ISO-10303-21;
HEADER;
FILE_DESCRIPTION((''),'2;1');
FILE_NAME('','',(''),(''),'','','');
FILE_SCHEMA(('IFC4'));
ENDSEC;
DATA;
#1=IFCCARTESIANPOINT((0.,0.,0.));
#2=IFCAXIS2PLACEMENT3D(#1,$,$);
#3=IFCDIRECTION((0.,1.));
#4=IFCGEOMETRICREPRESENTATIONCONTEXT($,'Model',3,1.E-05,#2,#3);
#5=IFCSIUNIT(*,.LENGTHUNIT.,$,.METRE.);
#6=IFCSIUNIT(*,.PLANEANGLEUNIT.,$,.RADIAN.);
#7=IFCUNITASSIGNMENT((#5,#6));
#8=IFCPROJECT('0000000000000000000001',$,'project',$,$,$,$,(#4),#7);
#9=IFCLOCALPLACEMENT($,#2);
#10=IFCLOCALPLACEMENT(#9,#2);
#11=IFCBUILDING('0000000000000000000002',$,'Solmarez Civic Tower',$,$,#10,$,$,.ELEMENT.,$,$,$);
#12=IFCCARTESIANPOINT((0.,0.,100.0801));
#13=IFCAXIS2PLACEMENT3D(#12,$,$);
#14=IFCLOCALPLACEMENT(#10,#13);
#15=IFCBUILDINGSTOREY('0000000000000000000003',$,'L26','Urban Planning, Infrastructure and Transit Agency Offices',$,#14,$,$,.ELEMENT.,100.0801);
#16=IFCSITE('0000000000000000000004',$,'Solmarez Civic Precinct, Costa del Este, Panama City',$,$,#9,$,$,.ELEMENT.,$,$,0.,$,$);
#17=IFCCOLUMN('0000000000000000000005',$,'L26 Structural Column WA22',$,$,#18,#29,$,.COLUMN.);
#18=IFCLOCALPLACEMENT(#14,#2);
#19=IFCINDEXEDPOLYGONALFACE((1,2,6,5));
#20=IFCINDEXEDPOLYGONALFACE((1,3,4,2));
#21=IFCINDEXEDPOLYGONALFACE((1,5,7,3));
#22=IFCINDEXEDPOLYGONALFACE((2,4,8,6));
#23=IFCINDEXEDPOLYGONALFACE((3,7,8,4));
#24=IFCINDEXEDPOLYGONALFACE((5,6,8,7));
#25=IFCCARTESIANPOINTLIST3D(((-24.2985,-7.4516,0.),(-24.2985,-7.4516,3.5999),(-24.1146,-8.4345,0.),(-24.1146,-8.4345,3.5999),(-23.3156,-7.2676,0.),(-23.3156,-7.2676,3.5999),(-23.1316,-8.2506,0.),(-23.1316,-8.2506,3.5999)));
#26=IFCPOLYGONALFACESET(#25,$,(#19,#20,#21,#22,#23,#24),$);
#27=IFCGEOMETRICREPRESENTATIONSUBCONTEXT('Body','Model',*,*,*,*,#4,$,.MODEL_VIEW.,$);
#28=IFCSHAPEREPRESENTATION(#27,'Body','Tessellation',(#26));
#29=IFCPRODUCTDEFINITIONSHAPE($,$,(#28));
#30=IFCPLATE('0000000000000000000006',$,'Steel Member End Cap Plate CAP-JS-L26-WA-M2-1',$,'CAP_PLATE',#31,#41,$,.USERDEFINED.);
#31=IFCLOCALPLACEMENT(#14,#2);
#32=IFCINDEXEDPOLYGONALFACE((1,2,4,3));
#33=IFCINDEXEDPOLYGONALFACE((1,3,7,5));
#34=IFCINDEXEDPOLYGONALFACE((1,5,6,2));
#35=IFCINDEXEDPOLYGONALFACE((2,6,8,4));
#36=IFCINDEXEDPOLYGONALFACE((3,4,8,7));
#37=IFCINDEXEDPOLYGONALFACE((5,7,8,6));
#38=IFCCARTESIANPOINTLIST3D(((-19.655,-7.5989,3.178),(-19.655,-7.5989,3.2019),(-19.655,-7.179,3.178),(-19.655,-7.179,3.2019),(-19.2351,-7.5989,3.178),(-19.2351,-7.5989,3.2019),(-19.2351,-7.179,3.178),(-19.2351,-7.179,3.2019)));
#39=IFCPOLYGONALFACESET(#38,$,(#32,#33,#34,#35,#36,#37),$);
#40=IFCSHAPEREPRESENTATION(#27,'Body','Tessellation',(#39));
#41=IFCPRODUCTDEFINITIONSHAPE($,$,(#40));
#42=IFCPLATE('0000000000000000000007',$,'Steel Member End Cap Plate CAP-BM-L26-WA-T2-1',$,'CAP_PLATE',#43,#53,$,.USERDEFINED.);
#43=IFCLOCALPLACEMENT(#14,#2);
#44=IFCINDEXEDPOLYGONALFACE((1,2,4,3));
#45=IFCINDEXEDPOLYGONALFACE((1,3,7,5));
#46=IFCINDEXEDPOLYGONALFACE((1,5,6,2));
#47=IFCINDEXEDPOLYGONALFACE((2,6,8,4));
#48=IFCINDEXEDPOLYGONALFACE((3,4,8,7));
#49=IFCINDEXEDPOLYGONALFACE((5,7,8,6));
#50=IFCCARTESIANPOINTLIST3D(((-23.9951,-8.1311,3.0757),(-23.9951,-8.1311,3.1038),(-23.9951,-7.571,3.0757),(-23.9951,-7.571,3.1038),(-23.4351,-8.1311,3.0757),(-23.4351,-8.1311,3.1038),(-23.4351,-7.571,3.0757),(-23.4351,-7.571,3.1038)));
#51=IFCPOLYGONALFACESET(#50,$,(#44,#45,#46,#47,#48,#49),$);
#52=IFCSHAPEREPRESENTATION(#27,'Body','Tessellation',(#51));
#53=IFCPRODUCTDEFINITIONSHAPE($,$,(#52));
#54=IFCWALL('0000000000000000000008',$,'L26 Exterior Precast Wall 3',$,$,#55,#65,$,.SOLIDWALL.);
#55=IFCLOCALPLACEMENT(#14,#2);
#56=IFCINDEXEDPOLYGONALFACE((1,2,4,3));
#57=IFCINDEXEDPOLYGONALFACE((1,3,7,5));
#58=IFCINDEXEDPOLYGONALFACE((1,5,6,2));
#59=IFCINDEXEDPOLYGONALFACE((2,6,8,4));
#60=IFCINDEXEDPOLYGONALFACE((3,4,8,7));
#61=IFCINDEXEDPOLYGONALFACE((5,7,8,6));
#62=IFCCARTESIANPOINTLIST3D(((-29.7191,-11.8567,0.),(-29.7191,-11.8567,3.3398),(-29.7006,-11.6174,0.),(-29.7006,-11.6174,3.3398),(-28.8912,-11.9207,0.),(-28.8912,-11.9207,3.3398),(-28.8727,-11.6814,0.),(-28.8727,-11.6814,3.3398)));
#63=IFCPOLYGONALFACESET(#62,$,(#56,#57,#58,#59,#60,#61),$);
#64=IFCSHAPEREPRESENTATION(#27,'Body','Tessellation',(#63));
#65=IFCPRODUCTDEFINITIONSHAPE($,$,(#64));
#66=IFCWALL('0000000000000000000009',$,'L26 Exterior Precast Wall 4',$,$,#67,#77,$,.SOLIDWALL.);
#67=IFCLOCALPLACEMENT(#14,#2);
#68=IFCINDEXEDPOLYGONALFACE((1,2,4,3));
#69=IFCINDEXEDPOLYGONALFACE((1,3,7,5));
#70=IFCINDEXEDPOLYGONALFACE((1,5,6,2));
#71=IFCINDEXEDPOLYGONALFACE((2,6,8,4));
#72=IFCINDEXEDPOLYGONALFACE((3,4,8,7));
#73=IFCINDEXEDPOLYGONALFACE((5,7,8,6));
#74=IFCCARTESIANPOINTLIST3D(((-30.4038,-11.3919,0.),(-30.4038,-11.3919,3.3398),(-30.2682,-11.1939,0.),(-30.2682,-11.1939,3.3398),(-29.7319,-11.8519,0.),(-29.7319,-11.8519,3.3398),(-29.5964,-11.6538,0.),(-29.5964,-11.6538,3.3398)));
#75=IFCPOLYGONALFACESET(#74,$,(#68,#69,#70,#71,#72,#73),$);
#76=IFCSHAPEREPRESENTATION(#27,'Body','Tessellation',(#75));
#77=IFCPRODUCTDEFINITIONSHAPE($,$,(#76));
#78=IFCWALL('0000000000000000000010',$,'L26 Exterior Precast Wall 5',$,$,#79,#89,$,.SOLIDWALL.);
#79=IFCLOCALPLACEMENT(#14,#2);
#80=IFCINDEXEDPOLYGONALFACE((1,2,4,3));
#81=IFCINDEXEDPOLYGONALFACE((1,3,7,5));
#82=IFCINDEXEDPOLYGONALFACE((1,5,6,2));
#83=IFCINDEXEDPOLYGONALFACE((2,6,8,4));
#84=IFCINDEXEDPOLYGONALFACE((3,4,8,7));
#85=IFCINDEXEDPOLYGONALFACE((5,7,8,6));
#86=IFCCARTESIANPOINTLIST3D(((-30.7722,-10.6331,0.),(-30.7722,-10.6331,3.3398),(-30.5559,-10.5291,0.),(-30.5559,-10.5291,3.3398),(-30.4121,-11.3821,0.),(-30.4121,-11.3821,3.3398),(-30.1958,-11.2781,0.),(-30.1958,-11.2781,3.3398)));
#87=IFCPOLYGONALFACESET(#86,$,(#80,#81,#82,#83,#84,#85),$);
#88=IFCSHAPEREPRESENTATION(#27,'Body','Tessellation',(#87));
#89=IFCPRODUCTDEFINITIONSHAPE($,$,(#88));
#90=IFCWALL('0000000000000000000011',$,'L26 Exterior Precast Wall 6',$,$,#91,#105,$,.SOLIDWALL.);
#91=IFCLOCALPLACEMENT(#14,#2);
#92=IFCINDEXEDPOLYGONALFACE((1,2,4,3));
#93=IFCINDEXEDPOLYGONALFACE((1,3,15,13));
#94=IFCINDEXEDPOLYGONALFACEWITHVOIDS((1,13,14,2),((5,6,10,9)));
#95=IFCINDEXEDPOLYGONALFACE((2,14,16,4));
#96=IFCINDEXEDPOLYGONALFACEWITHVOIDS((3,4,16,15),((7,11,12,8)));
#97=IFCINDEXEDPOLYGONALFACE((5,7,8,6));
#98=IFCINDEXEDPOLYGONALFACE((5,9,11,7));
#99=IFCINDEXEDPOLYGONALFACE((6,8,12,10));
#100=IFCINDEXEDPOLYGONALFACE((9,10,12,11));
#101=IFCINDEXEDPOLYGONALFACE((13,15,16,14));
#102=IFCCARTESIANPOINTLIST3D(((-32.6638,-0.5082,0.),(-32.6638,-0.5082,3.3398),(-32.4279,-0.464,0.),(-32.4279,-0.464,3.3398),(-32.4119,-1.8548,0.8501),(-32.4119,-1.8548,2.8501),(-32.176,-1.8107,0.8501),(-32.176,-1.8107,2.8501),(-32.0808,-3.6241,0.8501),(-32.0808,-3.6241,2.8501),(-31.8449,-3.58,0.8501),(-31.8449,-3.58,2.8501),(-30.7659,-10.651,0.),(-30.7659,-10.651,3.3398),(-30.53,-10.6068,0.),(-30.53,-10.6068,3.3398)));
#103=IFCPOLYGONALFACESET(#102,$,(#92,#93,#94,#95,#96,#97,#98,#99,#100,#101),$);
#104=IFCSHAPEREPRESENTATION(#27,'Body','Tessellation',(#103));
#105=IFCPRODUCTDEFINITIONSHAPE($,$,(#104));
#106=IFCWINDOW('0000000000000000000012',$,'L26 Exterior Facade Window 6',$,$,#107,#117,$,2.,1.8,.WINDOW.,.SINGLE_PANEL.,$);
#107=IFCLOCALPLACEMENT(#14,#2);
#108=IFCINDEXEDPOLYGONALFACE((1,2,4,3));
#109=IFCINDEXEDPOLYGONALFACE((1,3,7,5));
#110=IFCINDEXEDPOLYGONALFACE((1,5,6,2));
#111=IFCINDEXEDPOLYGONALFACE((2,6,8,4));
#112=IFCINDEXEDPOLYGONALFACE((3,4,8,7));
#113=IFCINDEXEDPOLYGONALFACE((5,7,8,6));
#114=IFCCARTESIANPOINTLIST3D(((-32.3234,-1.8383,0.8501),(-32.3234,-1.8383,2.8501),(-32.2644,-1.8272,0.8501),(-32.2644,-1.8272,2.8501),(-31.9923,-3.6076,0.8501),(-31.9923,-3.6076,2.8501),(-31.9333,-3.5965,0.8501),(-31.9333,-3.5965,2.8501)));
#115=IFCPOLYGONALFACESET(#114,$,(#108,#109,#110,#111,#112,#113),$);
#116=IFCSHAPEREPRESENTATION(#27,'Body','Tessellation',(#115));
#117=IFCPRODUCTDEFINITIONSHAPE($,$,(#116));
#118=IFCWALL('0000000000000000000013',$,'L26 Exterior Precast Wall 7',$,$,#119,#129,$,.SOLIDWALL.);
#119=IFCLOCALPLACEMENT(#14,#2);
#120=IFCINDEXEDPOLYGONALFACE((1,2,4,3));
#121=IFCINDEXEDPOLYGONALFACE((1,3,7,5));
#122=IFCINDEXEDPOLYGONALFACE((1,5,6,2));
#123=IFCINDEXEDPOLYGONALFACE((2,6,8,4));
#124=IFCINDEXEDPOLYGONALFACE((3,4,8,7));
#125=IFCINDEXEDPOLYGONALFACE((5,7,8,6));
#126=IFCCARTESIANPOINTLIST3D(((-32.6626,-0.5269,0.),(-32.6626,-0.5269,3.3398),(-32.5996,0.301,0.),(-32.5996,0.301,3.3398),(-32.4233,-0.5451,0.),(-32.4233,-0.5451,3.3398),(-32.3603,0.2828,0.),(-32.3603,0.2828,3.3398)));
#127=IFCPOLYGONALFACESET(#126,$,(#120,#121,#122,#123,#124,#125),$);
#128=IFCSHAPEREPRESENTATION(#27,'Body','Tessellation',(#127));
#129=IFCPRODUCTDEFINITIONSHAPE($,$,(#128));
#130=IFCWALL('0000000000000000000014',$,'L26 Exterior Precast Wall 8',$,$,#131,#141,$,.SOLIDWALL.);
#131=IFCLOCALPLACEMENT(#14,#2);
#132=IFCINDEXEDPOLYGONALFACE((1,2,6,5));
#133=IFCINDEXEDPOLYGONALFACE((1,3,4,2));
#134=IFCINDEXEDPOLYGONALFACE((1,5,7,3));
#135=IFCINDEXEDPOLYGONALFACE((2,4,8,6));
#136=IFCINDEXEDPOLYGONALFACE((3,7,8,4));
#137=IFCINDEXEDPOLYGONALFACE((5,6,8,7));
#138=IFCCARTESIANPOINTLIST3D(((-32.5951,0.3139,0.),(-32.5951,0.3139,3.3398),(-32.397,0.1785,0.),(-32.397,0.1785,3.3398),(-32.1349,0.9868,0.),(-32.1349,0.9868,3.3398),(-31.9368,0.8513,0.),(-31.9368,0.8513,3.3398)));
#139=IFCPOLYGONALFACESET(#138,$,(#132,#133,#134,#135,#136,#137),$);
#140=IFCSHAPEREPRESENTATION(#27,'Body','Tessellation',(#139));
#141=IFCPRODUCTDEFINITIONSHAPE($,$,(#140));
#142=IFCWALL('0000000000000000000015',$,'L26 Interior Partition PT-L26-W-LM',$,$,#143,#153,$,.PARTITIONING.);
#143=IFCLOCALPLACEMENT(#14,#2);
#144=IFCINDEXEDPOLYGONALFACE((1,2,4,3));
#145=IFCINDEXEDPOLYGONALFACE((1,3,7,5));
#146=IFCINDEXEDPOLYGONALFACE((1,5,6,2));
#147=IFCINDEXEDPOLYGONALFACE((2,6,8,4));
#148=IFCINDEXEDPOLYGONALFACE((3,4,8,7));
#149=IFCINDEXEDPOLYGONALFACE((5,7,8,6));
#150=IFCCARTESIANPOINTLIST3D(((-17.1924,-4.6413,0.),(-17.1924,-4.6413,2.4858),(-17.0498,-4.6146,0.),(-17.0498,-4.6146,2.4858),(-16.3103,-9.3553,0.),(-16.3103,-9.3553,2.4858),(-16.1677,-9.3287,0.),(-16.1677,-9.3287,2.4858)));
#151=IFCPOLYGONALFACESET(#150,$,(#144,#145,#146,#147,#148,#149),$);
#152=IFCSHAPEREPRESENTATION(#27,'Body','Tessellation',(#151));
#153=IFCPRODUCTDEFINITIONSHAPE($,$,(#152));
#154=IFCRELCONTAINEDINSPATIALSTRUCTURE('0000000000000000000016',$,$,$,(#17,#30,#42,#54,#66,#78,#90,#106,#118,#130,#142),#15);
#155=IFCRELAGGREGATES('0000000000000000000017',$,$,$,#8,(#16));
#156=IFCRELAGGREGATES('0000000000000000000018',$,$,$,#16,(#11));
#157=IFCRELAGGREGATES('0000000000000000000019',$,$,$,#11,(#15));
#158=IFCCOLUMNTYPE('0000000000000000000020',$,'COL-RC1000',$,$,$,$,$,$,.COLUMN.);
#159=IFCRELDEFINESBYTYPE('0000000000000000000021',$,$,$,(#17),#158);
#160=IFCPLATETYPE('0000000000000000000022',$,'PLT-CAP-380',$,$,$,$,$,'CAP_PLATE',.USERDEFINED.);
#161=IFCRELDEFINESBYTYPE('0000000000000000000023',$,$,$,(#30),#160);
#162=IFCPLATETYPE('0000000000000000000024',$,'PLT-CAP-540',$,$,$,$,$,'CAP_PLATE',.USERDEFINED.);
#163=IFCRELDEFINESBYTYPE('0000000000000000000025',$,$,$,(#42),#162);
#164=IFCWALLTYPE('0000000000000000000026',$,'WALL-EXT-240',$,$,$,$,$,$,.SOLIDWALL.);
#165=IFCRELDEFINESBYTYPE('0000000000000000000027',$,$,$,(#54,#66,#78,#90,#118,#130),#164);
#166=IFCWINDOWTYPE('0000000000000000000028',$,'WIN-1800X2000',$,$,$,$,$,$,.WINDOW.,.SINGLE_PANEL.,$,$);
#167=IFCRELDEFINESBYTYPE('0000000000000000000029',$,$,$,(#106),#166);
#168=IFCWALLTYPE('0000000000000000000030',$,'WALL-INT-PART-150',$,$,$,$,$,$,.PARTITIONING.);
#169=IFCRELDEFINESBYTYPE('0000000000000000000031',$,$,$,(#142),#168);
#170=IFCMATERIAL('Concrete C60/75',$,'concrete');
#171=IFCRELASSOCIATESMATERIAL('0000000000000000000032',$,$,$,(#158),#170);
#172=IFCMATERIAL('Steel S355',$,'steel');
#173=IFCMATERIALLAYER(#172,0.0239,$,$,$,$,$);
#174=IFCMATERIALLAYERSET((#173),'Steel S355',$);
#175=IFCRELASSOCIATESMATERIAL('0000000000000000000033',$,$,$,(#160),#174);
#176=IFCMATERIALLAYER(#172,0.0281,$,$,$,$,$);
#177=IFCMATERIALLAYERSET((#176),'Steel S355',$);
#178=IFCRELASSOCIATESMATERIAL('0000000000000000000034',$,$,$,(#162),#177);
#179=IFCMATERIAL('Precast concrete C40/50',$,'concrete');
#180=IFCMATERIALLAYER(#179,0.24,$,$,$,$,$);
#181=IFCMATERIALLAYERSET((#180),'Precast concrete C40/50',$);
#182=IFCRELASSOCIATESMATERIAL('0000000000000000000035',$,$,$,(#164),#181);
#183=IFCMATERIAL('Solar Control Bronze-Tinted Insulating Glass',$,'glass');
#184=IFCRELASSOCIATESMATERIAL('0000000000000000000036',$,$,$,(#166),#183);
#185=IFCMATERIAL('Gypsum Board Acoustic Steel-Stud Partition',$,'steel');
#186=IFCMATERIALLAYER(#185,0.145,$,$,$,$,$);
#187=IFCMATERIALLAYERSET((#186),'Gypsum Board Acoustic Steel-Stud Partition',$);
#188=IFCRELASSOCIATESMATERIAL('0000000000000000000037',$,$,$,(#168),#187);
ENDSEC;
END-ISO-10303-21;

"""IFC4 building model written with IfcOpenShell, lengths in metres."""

from ifc_helpers import new_model, si_unit, direction, frame, frame_2d, origin, origin_2d, place, context, subcontext, project, spatial, rectangle, extrude, material, layer, layer_set, material_profile, profile_set, type_object, element, fill, save


model = new_model("IFC4")

# Units and contexts
model_context = context("Model", 3, precision=1e-05, world=origin(), true_north=direction((0.0, 1.0)))
body_context = subcontext(model_context, "Body", "Model", "MODEL_VIEW")
ifc_project = project(units=[si_unit("LENGTHUNIT", "METRE"), si_unit("PLANEANGLEUNIT", "RADIAN")], contexts=[model_context])

# Site, building, storey
site_placement = place(None, origin())
site = spatial("IfcSite", under=ifc_project, at=site_placement, Name="Solmarez Civic Precinct, Costa del Este, Panama City", CompositionType="ELEMENT", RefElevation=0.0)
building_placement = place(site_placement, origin())
building = spatial("IfcBuilding", under=site, at=building_placement, Name="Solmarez Civic Tower", CompositionType="ELEMENT")
storey_placement = place(building_placement, frame((0.0, 0.0, 100.0801)))
storey = spatial("IfcBuildingStorey", under=building, at=storey_placement, Name="L26", Description="Urban Planning, Infrastructure and Transit Agency Offices", CompositionType="ELEMENT", Elevation=100.0801)

# Column
ifc_material_1 = material(Name="Concrete C60/75", Category="concrete")
ifc_material_profile = material_profile(ifc_material_1, rectangle(XDim=1.0, YDim=1.0, at=origin_2d()), Name="RC1000X1000")
ifc_profile_set = profile_set([ifc_material_profile], Name="Concrete C60/75")
column_type = type_object("IfcColumnType", Name="COL-RC1000", PredefinedType="COLUMN", material=ifc_profile_set)
column_placement = place(storey_placement, frame((-23.7151, -7.8511, 0.0), z_axis=(0.0, 0.0, 1.0), x_axis=(0.982935, 0.183951, 0.0)))
element("IfcColumn", 1, at=column_placement, inside=storey, type_object=column_type, Name="L26 Structural Column WA22", PredefinedType="COLUMN", context=body_context, shape_type="SweptSolid", body=[
    extrude(rectangle(XDim=1.0, YDim=1.0, at=origin_2d()), origin(), (0.0, 0.0, 1.0), 3.5999),
])

# Plates
ifc_material_2 = material(Name="Steel S355", Category="steel")
ifc_layer_1 = layer(ifc_material_2, 0.0239)
ifc_layer_set_1 = layer_set([ifc_layer_1], Name="Steel S355")
plate_type_1 = type_object("IfcPlateType", Name="PLT-CAP-380", ElementType="CAP_PLATE", PredefinedType="USERDEFINED", material=ifc_layer_set_1)
plate_1_placement = place(storey_placement, frame((-19.4451, -7.3889, 3.178), z_axis=(0.0, 0.0, 1.0), x_axis=(1.0, 0.0, 0.0)))
element("IfcPlate", 2, at=plate_1_placement, inside=storey, type_object=plate_type_1, Name="Steel Member End Cap Plate CAP-JS-L26-WA-M2-1", ObjectType="CAP_PLATE", PredefinedType="USERDEFINED", context=body_context, shape_type="SweptSolid", body=[
    extrude(rectangle(XDim=0.4199, YDim=0.4199, at=origin_2d()), origin(), (0.0, 0.0, 1.0), 0.0239),
])
ifc_layer_2 = layer(ifc_material_2, 0.0281)
ifc_layer_set_2 = layer_set([ifc_layer_2], Name="Steel S355")
plate_type_2 = type_object("IfcPlateType", Name="PLT-CAP-540", ElementType="CAP_PLATE", PredefinedType="USERDEFINED", material=ifc_layer_set_2)
plate_2_placement = place(storey_placement, frame((-23.7151, -7.8511, 3.0757), z_axis=(0.0, 0.0, 1.0), x_axis=(1.0, 0.0, 0.0)))
element("IfcPlate", 3, at=plate_2_placement, inside=storey, type_object=plate_type_2, Name="Steel Member End Cap Plate CAP-BM-L26-WA-T2-1", ObjectType="CAP_PLATE", PredefinedType="USERDEFINED", context=body_context, shape_type="SweptSolid", body=[
    extrude(rectangle(XDim=0.5601, YDim=0.5601, at=origin_2d()), origin(), (0.0, 0.0, 1.0), 0.0281),
])

# Walls
ifc_material_3 = material(Name="Precast concrete C40/50", Category="concrete")
ifc_layer_3 = layer(ifc_material_3, 0.24)
ifc_layer_set_3 = layer_set([ifc_layer_3], Name="Precast concrete C40/50")
wall_type_1 = type_object("IfcWallType", Name="WALL-EXT-240", PredefinedType="SOLIDWALL", material=ifc_layer_set_3)
wall_1_placement = place(storey_placement, frame((-28.8821, -11.801, 0.0), z_axis=(0.0, 0.0, 1.0), x_axis=(-0.997028, 0.077034, 0.0)))
element("IfcWall", 4, at=wall_1_placement, inside=storey, type_object=wall_type_1, Name="L26 Exterior Precast Wall 3", PredefinedType="SOLIDWALL", context=body_context, shape_type="SweptSolid", body=[
    extrude(rectangle(XDim=0.8303, YDim=0.24, at=frame_2d((0.415, 0.0))), origin(), (0.0, 0.0, 1.0), 3.3398),
])
wall_2_placement = place(storey_placement, frame((-29.6641, -11.7529, 0.0), z_axis=(0.0, 0.0, 1.0), x_axis=(-0.82516, 0.564899, 0.0)))
element("IfcWall", 5, at=wall_2_placement, inside=storey, type_object=wall_type_1, Name="L26 Exterior Precast Wall 4", PredefinedType="SOLIDWALL", context=body_context, shape_type="SweptSolid", body=[
    extrude(rectangle(XDim=0.8142, YDim=0.24, at=frame_2d((0.4072, 0.0))), origin(), (0.0, 0.0, 1.0), 3.3398),
])
wall_3_placement = place(storey_placement, frame((-30.304, -11.3301, 0.0), z_axis=(0.0, 0.0, 1.0), x_axis=(-0.433294, 0.901252, 0.0)))
element("IfcWall", 6, at=wall_3_placement, inside=storey, type_object=wall_type_1, Name="L26 Exterior Precast Wall 5", PredefinedType="SOLIDWALL", context=body_context, shape_type="SweptSolid", body=[
    extrude(rectangle(XDim=0.8311, YDim=0.24, at=frame_2d((0.4155, 0.0))), origin(), (0.0, 0.0, 1.0), 3.3398),
])

# Wall, opening, window
wall_4_placement = place(storey_placement, frame((-30.6479, -10.6289, 0.0), z_axis=(0.0, 0.0, 1.0), x_axis=(-0.18393, 0.982939, 0.0)))
wall_4 = element("IfcWall", 7, at=wall_4_placement, inside=storey, type_object=wall_type_1, Name="L26 Exterior Precast Wall 6", PredefinedType="SOLIDWALL", context=body_context, shape_type="SweptSolid", body=[
    extrude(rectangle(XDim=10.3188, YDim=0.24, at=frame_2d((5.1594, 0.0))), origin(), (0.0, 0.0, 1.0), 3.3398),
])
opening_1_placement = place(wall_4_placement, frame((7.1489, 0.0, 0.8501)))
opening_1 = element("IfcOpeningElement", 8, at=opening_1_placement, cuts=wall_4, PredefinedType="OPENING", context=body_context, shape_type="SweptSolid", body=[
    extrude(rectangle(XDim=1.8, YDim=2.0, at=frame_2d((0.8999, 1.0))), frame((0.0, 0.1299, 0.0), z_axis=(0.0, -1.0, 0.0), x_axis=(1.0, 0.0, 0.0)), (0.0, 0.0, 1.0), 0.26),
])
ifc_material_4 = material(Name="Solar Control Bronze-Tinted Insulating Glass", Category="glass")
window_type = type_object("IfcWindowType", Name="WIN-1800X2000", PartitioningType="SINGLE_PANEL", PredefinedType="WINDOW", material=ifc_material_4)
window_placement = place(opening_1_placement, origin())
window = element("IfcWindow", 9, at=window_placement, inside=storey, type_object=window_type, Name="L26 Exterior Facade Window 6", OverallHeight=2.0, OverallWidth=1.8, PartitioningType="SINGLE_PANEL", PredefinedType="WINDOW", context=body_context, shape_type="SweptSolid", body=[
    extrude(rectangle(XDim=1.8, YDim=2.0, at=frame_2d((0.8999, 1.0))), frame((0.0, 0.03, 0.0), z_axis=(0.0, -1.0, 0.0), x_axis=(1.0, 0.0, 0.0)), (0.0, 0.0, 1.0), 0.0601),
])
fill(opening_1, window)

# Walls
wall_5_placement = place(storey_placement, frame((-32.543, -0.5359, 0.0), z_axis=(0.0, 0.0, 1.0), x_axis=(0.075864, 0.997118, 0.0)))
element("IfcWall", 10, at=wall_5_placement, inside=storey, type_object=wall_type_1, Name="L26 Exterior Precast Wall 7", PredefinedType="SOLIDWALL", context=body_context, shape_type="SweptSolid", body=[
    extrude(rectangle(XDim=0.8303, YDim=0.24, at=frame_2d((0.415, 0.0))), origin(), (0.0, 0.0, 1.0), 3.3398),
])
wall_6_placement = place(storey_placement, frame((-32.4961, 0.2461, 0.0), z_axis=(0.0, 0.0, 1.0), x_axis=(0.564544, 0.825403, 0.0)))
element("IfcWall", 11, at=wall_6_placement, inside=storey, type_object=wall_type_1, Name="L26 Exterior Precast Wall 8", PredefinedType="SOLIDWALL", context=body_context, shape_type="SweptSolid", body=[
    extrude(rectangle(XDim=0.8152, YDim=0.24, at=frame_2d((0.4077, 0.0))), origin(), (0.0, 0.0, 1.0), 3.3398),
])
ifc_material_5 = material(Name="Gypsum Board Acoustic Steel-Stud Partition", Category="steel")
ifc_layer_4 = layer(ifc_material_5, 0.145)
ifc_layer_set_4 = layer_set([ifc_layer_4], Name="Gypsum Board Acoustic Steel-Stud Partition")
wall_type_2 = type_object("IfcWallType", Name="WALL-INT-PART-150", PredefinedType="PARTITIONING", material=ifc_layer_set_4)
wall_7_placement = place(storey_placement, frame((-17.1211, -4.6279, 0.0), z_axis=(0.0, 0.0, 1.0), x_axis=(0.183923, -0.982941, 0.0)))
element("IfcWall", 12, at=wall_7_placement, inside=storey, type_object=wall_type_2, Name="L26 Interior Partition PT-L26-W-LM", PredefinedType="PARTITIONING", context=body_context, shape_type="SweptSolid", body=[
    extrude(rectangle(XDim=4.7959, YDim=0.145, at=frame_2d((2.3979, 0.0))), origin(), (0.0, 0.0, 1.0), 2.4858),
])

save(model, "model.ifc")
